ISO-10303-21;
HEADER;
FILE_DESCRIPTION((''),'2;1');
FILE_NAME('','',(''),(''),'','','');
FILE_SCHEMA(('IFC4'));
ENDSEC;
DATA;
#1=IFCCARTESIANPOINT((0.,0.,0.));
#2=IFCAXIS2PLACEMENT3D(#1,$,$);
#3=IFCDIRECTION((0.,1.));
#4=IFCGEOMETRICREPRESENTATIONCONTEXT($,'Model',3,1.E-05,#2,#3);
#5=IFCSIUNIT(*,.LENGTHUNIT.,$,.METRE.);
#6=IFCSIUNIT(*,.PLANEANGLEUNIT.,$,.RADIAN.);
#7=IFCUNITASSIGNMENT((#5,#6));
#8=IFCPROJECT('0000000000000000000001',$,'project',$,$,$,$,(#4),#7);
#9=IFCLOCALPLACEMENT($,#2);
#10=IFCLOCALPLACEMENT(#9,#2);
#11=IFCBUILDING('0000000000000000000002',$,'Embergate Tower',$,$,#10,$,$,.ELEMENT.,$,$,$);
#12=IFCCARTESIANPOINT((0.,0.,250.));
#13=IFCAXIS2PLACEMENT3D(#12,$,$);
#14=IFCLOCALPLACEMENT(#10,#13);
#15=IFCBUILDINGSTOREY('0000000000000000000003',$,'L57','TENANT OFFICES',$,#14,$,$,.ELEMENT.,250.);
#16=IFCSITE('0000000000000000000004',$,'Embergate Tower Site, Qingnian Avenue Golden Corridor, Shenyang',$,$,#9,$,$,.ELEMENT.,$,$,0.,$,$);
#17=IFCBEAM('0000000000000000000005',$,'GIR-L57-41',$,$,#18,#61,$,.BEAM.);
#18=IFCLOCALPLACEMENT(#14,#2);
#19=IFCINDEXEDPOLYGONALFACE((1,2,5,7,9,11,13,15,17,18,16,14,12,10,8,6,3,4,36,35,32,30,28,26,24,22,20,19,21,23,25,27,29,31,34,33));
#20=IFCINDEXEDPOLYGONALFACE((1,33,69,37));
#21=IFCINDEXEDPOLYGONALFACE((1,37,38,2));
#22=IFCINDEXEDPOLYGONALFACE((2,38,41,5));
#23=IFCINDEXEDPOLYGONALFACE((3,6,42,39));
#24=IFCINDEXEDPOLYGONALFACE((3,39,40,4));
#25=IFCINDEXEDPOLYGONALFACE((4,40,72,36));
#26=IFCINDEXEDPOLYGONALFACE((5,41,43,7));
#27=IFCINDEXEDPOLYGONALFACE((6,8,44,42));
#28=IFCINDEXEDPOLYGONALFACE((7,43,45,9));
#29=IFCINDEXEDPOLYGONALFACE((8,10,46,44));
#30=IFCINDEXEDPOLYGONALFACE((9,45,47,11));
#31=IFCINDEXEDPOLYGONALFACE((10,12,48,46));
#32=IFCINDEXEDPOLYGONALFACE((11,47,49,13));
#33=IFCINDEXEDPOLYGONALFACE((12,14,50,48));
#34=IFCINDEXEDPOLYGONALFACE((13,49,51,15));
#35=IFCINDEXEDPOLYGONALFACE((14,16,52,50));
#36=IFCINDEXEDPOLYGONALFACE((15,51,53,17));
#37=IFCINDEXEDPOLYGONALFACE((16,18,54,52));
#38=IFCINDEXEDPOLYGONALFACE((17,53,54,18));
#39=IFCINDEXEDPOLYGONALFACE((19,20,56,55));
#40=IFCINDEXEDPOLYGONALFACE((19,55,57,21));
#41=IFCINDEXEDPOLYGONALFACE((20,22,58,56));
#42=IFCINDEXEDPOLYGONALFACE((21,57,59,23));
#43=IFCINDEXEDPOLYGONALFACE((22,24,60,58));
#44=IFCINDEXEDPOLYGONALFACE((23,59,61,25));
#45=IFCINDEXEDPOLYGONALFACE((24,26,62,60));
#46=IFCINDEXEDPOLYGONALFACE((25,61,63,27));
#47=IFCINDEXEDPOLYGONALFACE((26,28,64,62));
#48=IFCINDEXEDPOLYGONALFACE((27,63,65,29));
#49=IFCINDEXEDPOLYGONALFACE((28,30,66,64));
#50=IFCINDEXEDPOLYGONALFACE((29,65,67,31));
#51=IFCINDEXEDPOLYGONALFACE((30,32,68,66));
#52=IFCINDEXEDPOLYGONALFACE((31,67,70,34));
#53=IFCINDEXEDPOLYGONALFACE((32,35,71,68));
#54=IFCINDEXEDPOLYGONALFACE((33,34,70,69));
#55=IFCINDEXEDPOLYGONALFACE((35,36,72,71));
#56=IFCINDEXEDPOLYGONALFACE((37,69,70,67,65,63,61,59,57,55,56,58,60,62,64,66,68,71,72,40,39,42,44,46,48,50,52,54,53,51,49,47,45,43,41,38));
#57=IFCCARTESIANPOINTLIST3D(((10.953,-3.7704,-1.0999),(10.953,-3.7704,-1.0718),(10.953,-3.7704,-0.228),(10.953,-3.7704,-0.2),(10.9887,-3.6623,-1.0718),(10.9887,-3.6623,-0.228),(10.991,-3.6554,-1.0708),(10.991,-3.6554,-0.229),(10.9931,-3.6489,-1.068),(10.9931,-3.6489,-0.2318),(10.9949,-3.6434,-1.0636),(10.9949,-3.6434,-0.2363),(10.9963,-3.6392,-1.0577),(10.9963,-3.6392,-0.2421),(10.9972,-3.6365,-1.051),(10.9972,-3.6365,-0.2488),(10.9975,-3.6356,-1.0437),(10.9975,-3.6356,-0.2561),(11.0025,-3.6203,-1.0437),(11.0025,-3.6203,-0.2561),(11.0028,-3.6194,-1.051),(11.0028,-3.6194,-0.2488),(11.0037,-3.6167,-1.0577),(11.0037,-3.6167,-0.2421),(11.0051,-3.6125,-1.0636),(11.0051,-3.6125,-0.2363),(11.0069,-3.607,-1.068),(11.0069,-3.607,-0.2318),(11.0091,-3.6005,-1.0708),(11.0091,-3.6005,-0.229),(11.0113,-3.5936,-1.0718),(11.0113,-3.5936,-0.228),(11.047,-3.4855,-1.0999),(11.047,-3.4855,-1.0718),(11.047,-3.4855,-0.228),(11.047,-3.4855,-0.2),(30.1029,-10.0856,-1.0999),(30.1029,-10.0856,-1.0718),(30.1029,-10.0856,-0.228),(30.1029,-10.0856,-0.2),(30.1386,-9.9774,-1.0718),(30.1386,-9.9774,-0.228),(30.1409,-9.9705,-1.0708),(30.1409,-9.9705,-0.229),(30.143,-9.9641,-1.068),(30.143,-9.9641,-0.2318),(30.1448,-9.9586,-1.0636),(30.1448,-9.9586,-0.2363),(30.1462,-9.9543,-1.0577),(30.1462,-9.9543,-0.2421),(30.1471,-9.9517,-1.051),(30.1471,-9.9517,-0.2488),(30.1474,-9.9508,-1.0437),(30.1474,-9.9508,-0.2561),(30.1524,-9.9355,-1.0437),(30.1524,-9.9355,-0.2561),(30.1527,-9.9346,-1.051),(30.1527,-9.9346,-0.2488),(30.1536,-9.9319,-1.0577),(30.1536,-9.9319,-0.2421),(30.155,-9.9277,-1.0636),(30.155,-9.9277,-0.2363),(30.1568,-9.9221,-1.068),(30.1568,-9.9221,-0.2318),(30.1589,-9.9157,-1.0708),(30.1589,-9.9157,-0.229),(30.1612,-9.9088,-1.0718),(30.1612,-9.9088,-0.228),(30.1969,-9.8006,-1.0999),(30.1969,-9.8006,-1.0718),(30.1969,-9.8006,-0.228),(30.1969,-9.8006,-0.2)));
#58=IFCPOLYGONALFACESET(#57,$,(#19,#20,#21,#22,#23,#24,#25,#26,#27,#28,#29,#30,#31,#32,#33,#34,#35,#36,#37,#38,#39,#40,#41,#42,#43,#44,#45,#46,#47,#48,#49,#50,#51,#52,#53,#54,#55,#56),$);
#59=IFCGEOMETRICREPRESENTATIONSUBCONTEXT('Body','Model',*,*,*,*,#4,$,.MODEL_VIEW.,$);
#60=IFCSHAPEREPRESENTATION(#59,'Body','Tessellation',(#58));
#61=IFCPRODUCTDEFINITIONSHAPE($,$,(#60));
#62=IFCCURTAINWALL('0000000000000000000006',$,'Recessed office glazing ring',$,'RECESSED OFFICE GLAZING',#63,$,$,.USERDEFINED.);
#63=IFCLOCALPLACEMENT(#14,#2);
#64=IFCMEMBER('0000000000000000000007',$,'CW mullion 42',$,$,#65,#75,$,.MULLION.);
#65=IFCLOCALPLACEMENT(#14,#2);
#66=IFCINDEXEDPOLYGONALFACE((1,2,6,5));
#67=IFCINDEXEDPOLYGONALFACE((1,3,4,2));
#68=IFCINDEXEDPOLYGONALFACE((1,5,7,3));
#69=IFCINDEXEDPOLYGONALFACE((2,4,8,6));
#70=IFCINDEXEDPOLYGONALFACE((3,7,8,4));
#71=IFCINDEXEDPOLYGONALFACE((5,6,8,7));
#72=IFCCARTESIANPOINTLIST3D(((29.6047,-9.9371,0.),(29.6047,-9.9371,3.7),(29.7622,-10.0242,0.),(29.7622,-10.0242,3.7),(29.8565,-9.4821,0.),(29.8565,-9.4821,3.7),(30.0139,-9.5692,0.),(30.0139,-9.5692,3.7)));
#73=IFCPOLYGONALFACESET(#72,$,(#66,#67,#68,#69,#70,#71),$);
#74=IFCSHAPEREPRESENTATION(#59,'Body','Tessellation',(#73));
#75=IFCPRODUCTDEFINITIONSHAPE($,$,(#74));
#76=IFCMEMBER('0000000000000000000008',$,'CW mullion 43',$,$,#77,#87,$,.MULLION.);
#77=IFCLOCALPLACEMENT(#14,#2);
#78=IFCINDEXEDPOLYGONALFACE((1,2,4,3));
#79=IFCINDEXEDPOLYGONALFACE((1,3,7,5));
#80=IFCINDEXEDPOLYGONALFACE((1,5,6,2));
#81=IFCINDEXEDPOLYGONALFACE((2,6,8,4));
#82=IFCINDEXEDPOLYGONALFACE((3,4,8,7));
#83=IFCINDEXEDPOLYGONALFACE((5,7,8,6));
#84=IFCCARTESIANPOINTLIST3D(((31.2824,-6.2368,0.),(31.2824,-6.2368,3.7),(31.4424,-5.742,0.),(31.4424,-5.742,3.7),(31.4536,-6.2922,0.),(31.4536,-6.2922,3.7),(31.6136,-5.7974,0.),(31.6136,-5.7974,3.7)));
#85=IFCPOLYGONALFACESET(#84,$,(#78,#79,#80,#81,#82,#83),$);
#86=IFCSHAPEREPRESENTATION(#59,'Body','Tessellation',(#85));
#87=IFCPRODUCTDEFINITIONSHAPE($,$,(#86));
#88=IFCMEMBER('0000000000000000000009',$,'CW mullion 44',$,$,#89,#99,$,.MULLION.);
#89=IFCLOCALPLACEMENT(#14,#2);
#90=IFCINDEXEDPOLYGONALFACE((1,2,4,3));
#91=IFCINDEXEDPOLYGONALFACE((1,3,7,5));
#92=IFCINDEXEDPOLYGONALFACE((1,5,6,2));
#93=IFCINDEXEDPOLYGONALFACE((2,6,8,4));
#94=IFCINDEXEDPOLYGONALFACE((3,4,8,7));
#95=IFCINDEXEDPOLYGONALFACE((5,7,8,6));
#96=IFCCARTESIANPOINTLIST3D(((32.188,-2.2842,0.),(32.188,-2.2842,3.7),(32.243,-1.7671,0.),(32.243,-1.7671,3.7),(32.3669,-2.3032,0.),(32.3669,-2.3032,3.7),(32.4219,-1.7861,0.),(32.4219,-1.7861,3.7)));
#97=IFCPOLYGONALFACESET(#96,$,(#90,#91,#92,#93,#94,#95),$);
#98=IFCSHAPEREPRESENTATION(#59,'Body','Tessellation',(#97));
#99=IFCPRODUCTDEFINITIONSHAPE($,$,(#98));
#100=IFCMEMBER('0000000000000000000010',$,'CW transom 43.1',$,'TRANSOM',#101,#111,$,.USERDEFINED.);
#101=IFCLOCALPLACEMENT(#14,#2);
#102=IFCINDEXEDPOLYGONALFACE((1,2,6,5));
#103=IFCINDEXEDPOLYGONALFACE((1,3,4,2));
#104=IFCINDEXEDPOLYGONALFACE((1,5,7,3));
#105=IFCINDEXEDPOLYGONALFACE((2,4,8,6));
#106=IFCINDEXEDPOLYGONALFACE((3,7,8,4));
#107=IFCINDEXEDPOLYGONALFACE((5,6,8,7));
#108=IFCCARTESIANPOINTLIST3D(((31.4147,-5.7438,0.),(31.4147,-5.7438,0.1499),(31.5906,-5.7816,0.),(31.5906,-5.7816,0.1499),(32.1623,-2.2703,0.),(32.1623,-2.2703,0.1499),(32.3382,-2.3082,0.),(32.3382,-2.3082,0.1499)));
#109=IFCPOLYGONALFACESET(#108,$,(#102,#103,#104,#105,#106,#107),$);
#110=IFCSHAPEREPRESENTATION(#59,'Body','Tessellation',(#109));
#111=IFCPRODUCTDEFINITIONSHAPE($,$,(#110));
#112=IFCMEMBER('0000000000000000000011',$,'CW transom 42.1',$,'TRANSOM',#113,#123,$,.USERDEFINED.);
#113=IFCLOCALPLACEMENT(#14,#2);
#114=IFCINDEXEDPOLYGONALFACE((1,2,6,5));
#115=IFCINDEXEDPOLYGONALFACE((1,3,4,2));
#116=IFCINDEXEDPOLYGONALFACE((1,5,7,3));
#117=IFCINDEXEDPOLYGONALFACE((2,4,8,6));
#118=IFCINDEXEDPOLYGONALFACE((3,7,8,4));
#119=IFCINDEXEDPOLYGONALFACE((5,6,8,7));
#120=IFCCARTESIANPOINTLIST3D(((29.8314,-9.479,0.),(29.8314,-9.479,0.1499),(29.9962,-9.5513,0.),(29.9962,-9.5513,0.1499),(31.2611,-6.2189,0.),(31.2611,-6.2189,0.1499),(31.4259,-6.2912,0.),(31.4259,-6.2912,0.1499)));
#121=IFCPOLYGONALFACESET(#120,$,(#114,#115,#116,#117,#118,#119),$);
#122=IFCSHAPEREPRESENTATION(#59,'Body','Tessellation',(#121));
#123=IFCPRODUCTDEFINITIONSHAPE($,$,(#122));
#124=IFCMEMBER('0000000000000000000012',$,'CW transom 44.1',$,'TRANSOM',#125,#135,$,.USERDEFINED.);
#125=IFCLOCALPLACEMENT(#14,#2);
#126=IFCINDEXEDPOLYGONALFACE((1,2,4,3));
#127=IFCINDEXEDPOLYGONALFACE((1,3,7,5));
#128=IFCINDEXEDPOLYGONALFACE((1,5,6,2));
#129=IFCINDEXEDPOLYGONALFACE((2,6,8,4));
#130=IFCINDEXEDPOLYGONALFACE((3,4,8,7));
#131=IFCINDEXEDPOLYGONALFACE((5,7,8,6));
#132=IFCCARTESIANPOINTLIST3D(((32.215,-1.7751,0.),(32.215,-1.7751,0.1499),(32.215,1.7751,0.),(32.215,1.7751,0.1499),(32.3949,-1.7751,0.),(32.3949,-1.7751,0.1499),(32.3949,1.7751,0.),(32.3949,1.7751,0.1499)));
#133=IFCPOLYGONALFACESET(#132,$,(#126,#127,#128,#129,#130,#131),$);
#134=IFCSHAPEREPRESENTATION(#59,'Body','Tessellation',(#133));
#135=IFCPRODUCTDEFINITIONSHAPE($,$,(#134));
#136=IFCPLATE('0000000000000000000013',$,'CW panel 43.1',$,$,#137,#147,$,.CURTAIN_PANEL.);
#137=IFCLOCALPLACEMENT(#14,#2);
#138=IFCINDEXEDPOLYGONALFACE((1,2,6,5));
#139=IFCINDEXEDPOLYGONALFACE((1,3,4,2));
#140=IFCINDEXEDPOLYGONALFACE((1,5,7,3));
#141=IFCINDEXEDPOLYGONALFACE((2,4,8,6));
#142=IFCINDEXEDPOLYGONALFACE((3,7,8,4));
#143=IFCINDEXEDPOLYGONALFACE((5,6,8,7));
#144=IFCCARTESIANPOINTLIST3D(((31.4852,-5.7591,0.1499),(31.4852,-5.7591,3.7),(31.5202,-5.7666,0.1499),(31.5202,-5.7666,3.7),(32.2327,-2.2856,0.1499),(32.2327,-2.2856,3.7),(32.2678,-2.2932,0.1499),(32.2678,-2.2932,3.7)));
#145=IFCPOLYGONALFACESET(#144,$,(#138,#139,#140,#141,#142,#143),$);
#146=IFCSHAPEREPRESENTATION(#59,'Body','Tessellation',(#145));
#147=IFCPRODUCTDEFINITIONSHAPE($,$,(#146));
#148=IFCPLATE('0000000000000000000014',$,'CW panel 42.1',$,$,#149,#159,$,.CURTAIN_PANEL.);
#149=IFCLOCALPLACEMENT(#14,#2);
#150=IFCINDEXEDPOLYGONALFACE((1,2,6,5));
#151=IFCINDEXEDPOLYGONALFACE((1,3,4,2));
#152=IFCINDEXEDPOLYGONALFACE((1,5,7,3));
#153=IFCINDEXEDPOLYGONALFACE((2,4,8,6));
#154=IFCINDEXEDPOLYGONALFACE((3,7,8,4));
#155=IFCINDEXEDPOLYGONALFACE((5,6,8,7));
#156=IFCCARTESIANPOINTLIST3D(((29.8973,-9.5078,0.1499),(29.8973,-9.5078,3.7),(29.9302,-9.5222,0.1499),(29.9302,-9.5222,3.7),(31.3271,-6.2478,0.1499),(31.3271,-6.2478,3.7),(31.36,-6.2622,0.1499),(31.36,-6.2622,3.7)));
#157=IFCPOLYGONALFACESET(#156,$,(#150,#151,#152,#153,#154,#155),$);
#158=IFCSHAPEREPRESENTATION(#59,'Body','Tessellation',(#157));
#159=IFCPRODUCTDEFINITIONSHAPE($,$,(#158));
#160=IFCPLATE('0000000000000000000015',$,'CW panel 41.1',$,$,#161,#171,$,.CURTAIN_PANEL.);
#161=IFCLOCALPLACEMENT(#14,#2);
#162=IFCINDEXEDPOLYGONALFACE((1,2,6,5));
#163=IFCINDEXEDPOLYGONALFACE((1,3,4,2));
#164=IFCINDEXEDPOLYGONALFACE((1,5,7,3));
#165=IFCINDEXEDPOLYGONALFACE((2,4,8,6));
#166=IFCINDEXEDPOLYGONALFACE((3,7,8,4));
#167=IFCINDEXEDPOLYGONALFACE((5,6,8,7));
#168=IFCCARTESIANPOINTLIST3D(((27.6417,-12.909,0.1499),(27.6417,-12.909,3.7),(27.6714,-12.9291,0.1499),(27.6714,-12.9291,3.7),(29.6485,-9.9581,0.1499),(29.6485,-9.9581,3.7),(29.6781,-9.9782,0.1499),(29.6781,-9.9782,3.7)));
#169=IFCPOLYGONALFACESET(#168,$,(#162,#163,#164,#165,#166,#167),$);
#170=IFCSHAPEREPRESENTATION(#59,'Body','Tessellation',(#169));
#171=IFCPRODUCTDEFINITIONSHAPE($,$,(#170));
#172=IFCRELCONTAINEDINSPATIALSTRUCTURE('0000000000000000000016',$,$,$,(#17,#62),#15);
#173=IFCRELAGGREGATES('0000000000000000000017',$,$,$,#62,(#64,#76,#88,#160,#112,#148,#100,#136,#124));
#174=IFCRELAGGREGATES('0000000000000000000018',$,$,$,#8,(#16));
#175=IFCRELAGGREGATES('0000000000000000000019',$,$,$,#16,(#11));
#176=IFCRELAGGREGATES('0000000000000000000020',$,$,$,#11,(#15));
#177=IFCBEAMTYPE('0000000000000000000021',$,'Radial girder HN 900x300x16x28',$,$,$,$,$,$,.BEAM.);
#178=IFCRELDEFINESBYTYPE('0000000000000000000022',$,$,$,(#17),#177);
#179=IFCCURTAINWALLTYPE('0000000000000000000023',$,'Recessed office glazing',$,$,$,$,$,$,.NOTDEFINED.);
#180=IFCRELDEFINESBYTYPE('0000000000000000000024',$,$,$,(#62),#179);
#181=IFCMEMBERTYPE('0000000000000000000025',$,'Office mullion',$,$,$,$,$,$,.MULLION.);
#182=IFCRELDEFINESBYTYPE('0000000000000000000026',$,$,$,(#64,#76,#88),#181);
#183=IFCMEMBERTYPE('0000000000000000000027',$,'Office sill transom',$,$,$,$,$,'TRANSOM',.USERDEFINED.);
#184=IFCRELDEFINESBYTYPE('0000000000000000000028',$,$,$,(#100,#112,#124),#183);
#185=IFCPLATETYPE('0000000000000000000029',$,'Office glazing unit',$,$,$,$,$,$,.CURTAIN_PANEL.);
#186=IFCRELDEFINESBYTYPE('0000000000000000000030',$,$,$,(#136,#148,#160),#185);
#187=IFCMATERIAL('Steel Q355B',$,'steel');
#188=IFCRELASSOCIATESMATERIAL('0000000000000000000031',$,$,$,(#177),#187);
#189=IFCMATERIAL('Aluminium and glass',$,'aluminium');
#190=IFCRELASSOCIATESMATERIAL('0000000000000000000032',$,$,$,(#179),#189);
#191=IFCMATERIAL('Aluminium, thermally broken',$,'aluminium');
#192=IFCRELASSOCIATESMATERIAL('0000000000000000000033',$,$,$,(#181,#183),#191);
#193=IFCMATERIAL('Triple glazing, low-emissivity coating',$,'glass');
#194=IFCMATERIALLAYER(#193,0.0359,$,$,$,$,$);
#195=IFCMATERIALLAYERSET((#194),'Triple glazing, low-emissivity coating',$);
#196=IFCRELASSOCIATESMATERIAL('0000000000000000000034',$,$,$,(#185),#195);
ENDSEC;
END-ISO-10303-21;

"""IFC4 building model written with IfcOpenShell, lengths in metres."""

from ifc_helpers import new_model, si_unit, direction, frame, origin, origin_2d, place, context, subcontext, project, spatial, rectangle, i_section, extrude, source, transform, mapped, material, layer, layer_set, material_profile, profile_set, type_object, element, aggregate, save


model = new_model("IFC4")

# Units and contexts
model_context = context("Model", 3, precision=1e-05, world=origin(), true_north=direction((0.0, 1.0)))
body_context = subcontext(model_context, "Body", "Model", "MODEL_VIEW")
ifc_project = project(units=[si_unit("LENGTHUNIT", "METRE"), si_unit("PLANEANGLEUNIT", "RADIAN")], contexts=[model_context])

# Site, building, storey
site_placement = place(None, origin())
site = spatial("IfcSite", under=ifc_project, at=site_placement, Name="Embergate Tower Site, Qingnian Avenue Golden Corridor, Shenyang", CompositionType="ELEMENT", RefElevation=0.0)
building_placement = place(site_placement, origin())
building = spatial("IfcBuilding", under=site, at=building_placement, Name="Embergate Tower", CompositionType="ELEMENT")
storey_placement = place(building_placement, frame((0.0, 0.0, 250.0)))
storey = spatial("IfcBuildingStorey", under=building, at=storey_placement, Name="L57", Description="TENANT OFFICES", CompositionType="ELEMENT", Elevation=250.0)

# Beam
ifc_material_1 = material(Name="Steel Q355B", Category="steel")
ifc_material_profile_1 = material_profile(ifc_material_1, i_section(OverallWidth=0.3, OverallDepth=0.8999, WebThickness=0.0161, FlangeThickness=0.0281, FilletRadius=0.0281, at=origin_2d()), Name="HN 900x300x16x28")
ifc_profile_set_1 = profile_set([ifc_material_profile_1], Name="Steel Q355 grade B")
beam_type_1 = type_object("IfcBeamType", Name="Radial girder HN 900x300x16x28", PredefinedType="BEAM", material=ifc_profile_set_1)
shared_shape_1 = source(origin(), body_context, "Body", "SweptSolid", [
    extrude(i_section(OverallWidth=0.3, OverallDepth=0.8999, WebThickness=0.0161, FlangeThickness=0.0281, FilletRadius=0.0281, at=origin_2d()), origin(), (0.0, 0.0, 1.0), 20.1643),
])
beam_1_placement = place(storey_placement, frame((30.1499, -9.9431, -0.6499), z_axis=(-0.949692, 0.313186, 0.0), x_axis=(-0.313186, -0.949692, 0.0)))
element("IfcBeam", 1, at=beam_1_placement, inside=storey, type_object=beam_type_1, Name="GIR-L57-41", PredefinedType="BEAM", context=body_context, shape_type="MappedRepresentation", body=[
    mapped(shared_shape_1, transform((0.0, 0.0, 0.0))),
])

# Curtain wall, members, plates
ifc_material_2 = material(Name="Aluminium and glass", Category="aluminium")
curtain_wall_type = type_object("IfcCurtainWallType", Name="Recessed office glazing", PredefinedType="NOTDEFINED", material=ifc_material_2)
curtain_wall_placement = place(storey_placement, origin())
curtain_wall = element("IfcCurtainWall", 2, at=curtain_wall_placement, inside=storey, type_object=curtain_wall_type, Name="Recessed office glazing ring", ObjectType="RECESSED OFFICE GLAZING", PredefinedType="USERDEFINED")
ifc_material_3 = material(Name="Aluminium, thermally broken", Category="aluminium")
ifc_material_profile_2 = material_profile(ifc_material_3, rectangle(XDim=0.1799, YDim=0.52, at=origin_2d()), Name="AL 520x180")
ifc_profile_set_2 = profile_set([ifc_material_profile_2], Name="Aluminium, thermally broken")
member_type_1 = type_object("IfcMemberType", Name="Office mullion", PredefinedType="MULLION", material=ifc_profile_set_2)
shared_shape_2 = source(origin(), body_context, "Body", "SweptSolid", [
    extrude(rectangle(XDim=0.1799, YDim=0.52, at=origin_2d()), origin(), (0.0, 0.0, 1.0), 3.7),
])
member_1_placement = place(storey_placement, frame((29.8093, -9.7532, 0.0), z_axis=(0.0, 0.0, 1.0), x_axis=(-0.874998, 0.484127, 0.0)))
member_1 = element("IfcMember", 3, at=member_1_placement, type_object=member_type_1, Name="CW mullion 42", PredefinedType="MULLION", context=body_context, shape_type="MappedRepresentation", body=[
    mapped(shared_shape_2, transform((0.0, 0.0, 0.0))),
])
member_2_placement = place(storey_placement, frame((31.448, -6.0171, 0.0), z_axis=(0.0, 0.0, 1.0), x_axis=(-0.951496, 0.307662, 0.0)))
member_2 = element("IfcMember", 4, at=member_2_placement, type_object=member_type_1, Name="CW mullion 43", PredefinedType="MULLION", context=body_context, shape_type="MappedRepresentation", body=[
    mapped(shared_shape_2, transform((0.0, 0.0, 0.0))),
])
member_3_placement = place(storey_placement, frame((32.3049, -2.0352, 0.0), z_axis=(0.0, 0.0, 1.0), x_axis=(-0.994385, 0.105827, 0.0)))
member_3 = element("IfcMember", 5, at=member_3_placement, type_object=member_type_1, Name="CW mullion 44", PredefinedType="MULLION", context=body_context, shape_type="MappedRepresentation", body=[
    mapped(shared_shape_2, transform((0.0, 0.0, 0.0))),
])
ifc_material_profile_3 = material_profile(ifc_material_3, rectangle(XDim=0.1799, YDim=0.1499, at=origin_2d()), Name="AL 150x180")
ifc_profile_set_3 = profile_set([ifc_material_profile_3], Name="Aluminium, thermally broken")
member_type_2 = type_object("IfcMemberType", Name="Office sill transom", ElementType="TRANSOM", PredefinedType="USERDEFINED", material=ifc_profile_set_3)
shared_shape_3 = source(origin(), body_context, "Body", "SweptSolid", [
    extrude(rectangle(XDim=0.1799, YDim=0.1499, at=origin_2d()), origin(), (0.0, 0.0, 1.0), 3.553),
])
member_4_placement = place(storey_placement, frame((31.5027, -5.7627, 0.075), z_axis=(0.210407, 0.977614, 0.0), x_axis=(-0.977614, 0.210407, 0.0)))
member_4 = element("IfcMember", 6, at=member_4_placement, type_object=member_type_2, Name="CW transom 43.1", ObjectType="TRANSOM", PredefinedType="USERDEFINED", context=body_context, shape_type="MappedRepresentation", body=[
    mapped(shared_shape_3, transform((0.0, 0.0, 0.0))),
])
shared_shape_4 = source(origin(), body_context, "Body", "SweptSolid", [
    extrude(rectangle(XDim=0.1799, YDim=0.1499, at=origin_2d()), origin(), (0.0, 0.0, 1.0), 3.5598),
])
member_5_placement = place(storey_placement, frame((29.9138, -9.5151, 0.075), z_axis=(0.401628, 0.915803, 0.0), x_axis=(-0.915803, 0.401628, 0.0)))
member_5 = element("IfcMember", 7, at=member_5_placement, type_object=member_type_2, Name="CW transom 42.1", ObjectType="TRANSOM", PredefinedType="USERDEFINED", context=body_context, shape_type="MappedRepresentation", body=[
    mapped(shared_shape_4, transform((0.0, 0.0, 0.0))),
])
shared_shape_5 = source(origin(), body_context, "Body", "SweptSolid", [
    extrude(rectangle(XDim=0.1799, YDim=0.1499, at=origin_2d()), origin(), (0.0, 0.0, 1.0), 3.5503),
])
member_6_placement = place(storey_placement, frame((32.3049, -1.7751, 0.075), z_axis=(0.0, 1.0, 0.0), x_axis=(-1.0, 0.0, 0.0)))
member_6 = element("IfcMember", 8, at=member_6_placement, type_object=member_type_2, Name="CW transom 44.1", ObjectType="TRANSOM", PredefinedType="USERDEFINED", context=body_context, shape_type="MappedRepresentation", body=[
    mapped(shared_shape_5, transform((0.0, 0.0, 0.0))),
])
ifc_material_4 = material(Name="Triple glazing, low-emissivity coating", Category="glass")
ifc_layer_1 = layer(ifc_material_4, 0.0359)
ifc_layer_set_1 = layer_set([ifc_layer_1], Name="Triple glazing, low-emissivity coating")
plate_type = type_object("IfcPlateType", Name="Office glazing unit", PredefinedType="CURTAIN_PANEL", material=ifc_layer_set_1)
shared_shape_6 = source(origin(), body_context, "Body", "SweptSolid", [
    extrude(rectangle(XDim=3.553, YDim=0.0359, at=origin_2d()), origin(), (0.0, 0.0, 1.0), 3.55),
])
plate_1_placement = place(storey_placement, frame((31.8765, -4.0261, 0.1499), z_axis=(0.0, 0.0, 1.0), x_axis=(0.210398, 0.977616, 0.0)))
plate_1 = element("IfcPlate", 9, at=plate_1_placement, type_object=plate_type, Name="CW panel 43.1", PredefinedType="CURTAIN_PANEL", context=body_context, shape_type="MappedRepresentation", body=[
    mapped(shared_shape_6, transform((0.0, 0.0, 0.0))),
])
shared_shape_7 = source(origin(), body_context, "Body", "SweptSolid", [
    extrude(rectangle(XDim=3.5598, YDim=0.0359, at=origin_2d()), origin(), (0.0, 0.0, 1.0), 3.55),
])
plate_2_placement = place(storey_placement, frame((30.6287, -7.885, 0.1499), z_axis=(0.0, 0.0, 1.0), x_axis=(0.401652, 0.915792, 0.0)))
plate_2 = element("IfcPlate", 10, at=plate_2_placement, type_object=plate_type, Name="CW panel 42.1", PredefinedType="CURTAIN_PANEL", context=body_context, shape_type="MappedRepresentation", body=[
    mapped(shared_shape_7, transform((0.0, 0.0, 0.0))),
])
shared_shape_8 = source(origin(), body_context, "Body", "SweptSolid", [
    extrude(rectangle(XDim=3.5686, YDim=0.0359, at=origin_2d()), origin(), (0.0, 0.0, 1.0), 3.55),
])
plate_3_placement = place(storey_placement, frame((28.6599, -11.4436, 0.1499), z_axis=(0.0, 0.0, 1.0), x_axis=(0.562342, 0.826905, 0.0)))
plate_3 = element("IfcPlate", 11, at=plate_3_placement, type_object=plate_type, Name="CW panel 41.1", PredefinedType="CURTAIN_PANEL", context=body_context, shape_type="MappedRepresentation", body=[
    mapped(shared_shape_8, transform((0.0, 0.0, 0.0))),
])
aggregate(curtain_wall, [member_1, member_2, member_3, plate_3, member_5, plate_2, member_4, plate_1, member_6])

save(model, "model.ifc")
